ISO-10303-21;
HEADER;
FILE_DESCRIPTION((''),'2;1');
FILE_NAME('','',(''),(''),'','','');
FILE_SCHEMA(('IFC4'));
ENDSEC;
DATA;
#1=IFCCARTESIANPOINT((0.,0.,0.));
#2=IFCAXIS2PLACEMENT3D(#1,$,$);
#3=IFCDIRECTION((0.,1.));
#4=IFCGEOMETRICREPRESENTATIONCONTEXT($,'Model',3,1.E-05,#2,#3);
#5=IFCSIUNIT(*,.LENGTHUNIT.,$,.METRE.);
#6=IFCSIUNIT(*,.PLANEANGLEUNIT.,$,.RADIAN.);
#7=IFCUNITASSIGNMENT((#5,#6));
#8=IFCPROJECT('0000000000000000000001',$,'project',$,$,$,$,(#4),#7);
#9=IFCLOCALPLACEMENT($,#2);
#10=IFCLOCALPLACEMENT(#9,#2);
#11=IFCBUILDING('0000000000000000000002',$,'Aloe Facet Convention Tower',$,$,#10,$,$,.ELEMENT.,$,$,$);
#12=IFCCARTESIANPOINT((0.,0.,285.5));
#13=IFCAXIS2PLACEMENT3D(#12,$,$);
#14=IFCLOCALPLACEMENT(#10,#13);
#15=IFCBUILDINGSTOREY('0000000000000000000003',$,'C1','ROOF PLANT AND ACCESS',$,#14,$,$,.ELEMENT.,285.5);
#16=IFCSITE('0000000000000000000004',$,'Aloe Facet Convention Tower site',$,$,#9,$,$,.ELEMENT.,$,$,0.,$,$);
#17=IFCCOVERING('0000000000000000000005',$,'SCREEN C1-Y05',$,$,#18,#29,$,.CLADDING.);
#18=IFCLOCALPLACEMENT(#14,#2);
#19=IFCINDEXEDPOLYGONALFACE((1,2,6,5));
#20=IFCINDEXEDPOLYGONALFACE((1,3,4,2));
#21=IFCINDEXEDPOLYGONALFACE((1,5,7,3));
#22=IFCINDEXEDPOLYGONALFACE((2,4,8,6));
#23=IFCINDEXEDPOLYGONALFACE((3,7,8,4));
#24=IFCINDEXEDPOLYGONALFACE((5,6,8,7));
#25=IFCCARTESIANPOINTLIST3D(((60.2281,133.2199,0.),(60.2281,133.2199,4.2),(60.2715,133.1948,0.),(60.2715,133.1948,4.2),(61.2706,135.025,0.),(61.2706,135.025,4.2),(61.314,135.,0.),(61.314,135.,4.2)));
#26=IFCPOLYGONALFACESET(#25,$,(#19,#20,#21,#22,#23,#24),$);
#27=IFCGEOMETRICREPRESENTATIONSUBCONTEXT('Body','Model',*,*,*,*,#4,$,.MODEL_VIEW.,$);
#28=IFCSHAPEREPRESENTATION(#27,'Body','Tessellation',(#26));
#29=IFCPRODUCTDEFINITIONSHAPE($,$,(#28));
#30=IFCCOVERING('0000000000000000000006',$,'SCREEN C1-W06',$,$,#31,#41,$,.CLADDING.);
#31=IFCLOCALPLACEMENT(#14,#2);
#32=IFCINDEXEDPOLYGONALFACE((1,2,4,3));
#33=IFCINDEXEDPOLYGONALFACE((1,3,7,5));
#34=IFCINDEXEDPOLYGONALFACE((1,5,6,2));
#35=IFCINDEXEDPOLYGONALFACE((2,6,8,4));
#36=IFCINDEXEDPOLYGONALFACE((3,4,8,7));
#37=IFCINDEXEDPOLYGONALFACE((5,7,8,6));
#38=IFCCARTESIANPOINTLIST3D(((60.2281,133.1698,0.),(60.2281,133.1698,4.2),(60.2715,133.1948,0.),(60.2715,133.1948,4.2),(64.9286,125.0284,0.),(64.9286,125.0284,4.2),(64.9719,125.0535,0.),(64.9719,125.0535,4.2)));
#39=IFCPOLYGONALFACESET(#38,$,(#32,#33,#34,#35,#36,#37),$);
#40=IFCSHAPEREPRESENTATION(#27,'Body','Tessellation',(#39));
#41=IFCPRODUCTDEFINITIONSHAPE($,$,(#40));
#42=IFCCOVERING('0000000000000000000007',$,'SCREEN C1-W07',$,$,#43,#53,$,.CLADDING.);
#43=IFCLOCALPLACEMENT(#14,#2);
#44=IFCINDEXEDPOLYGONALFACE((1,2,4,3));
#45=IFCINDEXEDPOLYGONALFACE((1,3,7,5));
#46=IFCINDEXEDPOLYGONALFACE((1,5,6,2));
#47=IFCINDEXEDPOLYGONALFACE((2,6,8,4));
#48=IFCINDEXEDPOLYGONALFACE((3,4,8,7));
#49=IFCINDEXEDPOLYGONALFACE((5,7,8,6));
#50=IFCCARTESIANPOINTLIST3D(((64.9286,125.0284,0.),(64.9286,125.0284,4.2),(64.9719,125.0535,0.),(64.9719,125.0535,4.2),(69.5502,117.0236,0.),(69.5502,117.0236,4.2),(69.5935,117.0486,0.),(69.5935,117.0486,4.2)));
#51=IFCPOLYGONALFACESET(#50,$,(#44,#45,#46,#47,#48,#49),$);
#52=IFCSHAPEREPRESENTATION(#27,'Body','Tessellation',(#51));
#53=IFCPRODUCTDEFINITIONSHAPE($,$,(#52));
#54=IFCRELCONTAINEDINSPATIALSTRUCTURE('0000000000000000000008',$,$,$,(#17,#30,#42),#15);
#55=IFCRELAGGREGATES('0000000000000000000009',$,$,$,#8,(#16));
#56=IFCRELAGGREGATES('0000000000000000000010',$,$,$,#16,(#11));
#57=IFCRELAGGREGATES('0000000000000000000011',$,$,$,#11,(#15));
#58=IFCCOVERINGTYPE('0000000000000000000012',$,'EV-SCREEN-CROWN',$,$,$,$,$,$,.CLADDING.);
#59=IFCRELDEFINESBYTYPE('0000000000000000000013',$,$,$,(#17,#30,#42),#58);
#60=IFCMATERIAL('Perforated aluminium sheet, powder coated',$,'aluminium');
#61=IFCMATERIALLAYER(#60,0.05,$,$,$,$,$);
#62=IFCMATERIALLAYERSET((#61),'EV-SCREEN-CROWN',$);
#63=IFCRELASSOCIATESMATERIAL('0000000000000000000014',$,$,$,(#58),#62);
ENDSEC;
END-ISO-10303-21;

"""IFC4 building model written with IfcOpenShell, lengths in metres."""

from ifc_helpers import new_model, si_unit, direction, frame, origin, place, context, subcontext, project, spatial, polyline, outline, extrude, material, layer, layer_set, type_object, element, save


model = new_model("IFC4")

# Units and contexts
model_context = context("Model", 3, precision=1e-05, world=origin(), true_north=direction((0.0, 1.0)))
body_context = subcontext(model_context, "Body", "Model", "MODEL_VIEW")
ifc_project = project(units=[si_unit("LENGTHUNIT", "METRE"), si_unit("PLANEANGLEUNIT", "RADIAN")], contexts=[model_context])

# Site, building, storey
site_placement = place(None, origin())
site = spatial("IfcSite", under=ifc_project, at=site_placement, Name="Aloe Facet Convention Tower site", CompositionType="ELEMENT", RefElevation=0.0)
building_placement = place(site_placement, origin())
building = spatial("IfcBuilding", under=site, at=building_placement, Name="Aloe Facet Convention Tower", CompositionType="ELEMENT")
storey_placement = place(building_placement, frame((0.0, 0.0, 285.5)))
storey = spatial("IfcBuildingStorey", under=building, at=storey_placement, Name="C1", Description="ROOF PLANT AND ACCESS", CompositionType="ELEMENT", Elevation=285.5)

# Coverings
ifc_material_1 = material(Name="Perforated aluminium sheet, powder coated", Category="aluminium")
ifc_layer_1 = layer(ifc_material_1, 0.05)
ifc_layer_set_1 = layer_set([ifc_layer_1], Name="EV-SCREEN-CROWN")
covering_type = type_object("IfcCoveringType", Name="EV-SCREEN-CROWN", PredefinedType="CLADDING", material=ifc_layer_set_1)
covering_1_placement = place(storey_placement, frame((61.314, 135.0, 0.0), z_axis=(0.865971, -0.500094, 0.0), x_axis=(0.0, 0.0, 1.0)))
element("IfcCovering", 1, at=covering_1_placement, inside=storey, type_object=covering_type, Name="SCREEN C1-Y05", PredefinedType="CLADDING", context=body_context, shape_type="SweptSolid", body=[
    extrude(outline(polyline([(0.0, 0.0), (4.2, 0.0), (4.2, 2.0846), (0.0, 2.0846), (0.0, 0.0)])), origin(), (0.0, 0.0, -1.0), 0.05),
])
covering_2_placement = place(storey_placement, frame((60.2715, 133.1948, 0.0), z_axis=(0.866024, 0.500002, 0.0), x_axis=(0.0, 0.0, 1.0)))
element("IfcCovering", 2, at=covering_2_placement, inside=storey, type_object=covering_type, Name="SCREEN C1-W06", PredefinedType="CLADDING", context=body_context, shape_type="SweptSolid", body=[
    extrude(outline(polyline([(0.0, 0.0), (4.2, 0.0), (4.2, 9.4008), (0.0, 9.4008), (0.0, 0.0)])), origin(), (0.0, 0.0, -1.0), 0.05),
])
covering_3_placement = place(storey_placement, frame((64.9719, 125.0535, 0.0), z_axis=(0.866027, 0.499997, 0.0), x_axis=(0.0, 0.0, 1.0)))
element("IfcCovering", 3, at=covering_3_placement, inside=storey, type_object=covering_type, Name="SCREEN C1-W07", PredefinedType="CLADDING", context=body_context, shape_type="SweptSolid", body=[
    extrude(outline(polyline([(0.0, 0.0), (4.2, 0.0), (4.2, 9.2432), (0.0, 9.2432), (0.0, 0.0)])), origin(), (0.0, 0.0, -1.0), 0.05),
])

save(model, "model.ifc")
